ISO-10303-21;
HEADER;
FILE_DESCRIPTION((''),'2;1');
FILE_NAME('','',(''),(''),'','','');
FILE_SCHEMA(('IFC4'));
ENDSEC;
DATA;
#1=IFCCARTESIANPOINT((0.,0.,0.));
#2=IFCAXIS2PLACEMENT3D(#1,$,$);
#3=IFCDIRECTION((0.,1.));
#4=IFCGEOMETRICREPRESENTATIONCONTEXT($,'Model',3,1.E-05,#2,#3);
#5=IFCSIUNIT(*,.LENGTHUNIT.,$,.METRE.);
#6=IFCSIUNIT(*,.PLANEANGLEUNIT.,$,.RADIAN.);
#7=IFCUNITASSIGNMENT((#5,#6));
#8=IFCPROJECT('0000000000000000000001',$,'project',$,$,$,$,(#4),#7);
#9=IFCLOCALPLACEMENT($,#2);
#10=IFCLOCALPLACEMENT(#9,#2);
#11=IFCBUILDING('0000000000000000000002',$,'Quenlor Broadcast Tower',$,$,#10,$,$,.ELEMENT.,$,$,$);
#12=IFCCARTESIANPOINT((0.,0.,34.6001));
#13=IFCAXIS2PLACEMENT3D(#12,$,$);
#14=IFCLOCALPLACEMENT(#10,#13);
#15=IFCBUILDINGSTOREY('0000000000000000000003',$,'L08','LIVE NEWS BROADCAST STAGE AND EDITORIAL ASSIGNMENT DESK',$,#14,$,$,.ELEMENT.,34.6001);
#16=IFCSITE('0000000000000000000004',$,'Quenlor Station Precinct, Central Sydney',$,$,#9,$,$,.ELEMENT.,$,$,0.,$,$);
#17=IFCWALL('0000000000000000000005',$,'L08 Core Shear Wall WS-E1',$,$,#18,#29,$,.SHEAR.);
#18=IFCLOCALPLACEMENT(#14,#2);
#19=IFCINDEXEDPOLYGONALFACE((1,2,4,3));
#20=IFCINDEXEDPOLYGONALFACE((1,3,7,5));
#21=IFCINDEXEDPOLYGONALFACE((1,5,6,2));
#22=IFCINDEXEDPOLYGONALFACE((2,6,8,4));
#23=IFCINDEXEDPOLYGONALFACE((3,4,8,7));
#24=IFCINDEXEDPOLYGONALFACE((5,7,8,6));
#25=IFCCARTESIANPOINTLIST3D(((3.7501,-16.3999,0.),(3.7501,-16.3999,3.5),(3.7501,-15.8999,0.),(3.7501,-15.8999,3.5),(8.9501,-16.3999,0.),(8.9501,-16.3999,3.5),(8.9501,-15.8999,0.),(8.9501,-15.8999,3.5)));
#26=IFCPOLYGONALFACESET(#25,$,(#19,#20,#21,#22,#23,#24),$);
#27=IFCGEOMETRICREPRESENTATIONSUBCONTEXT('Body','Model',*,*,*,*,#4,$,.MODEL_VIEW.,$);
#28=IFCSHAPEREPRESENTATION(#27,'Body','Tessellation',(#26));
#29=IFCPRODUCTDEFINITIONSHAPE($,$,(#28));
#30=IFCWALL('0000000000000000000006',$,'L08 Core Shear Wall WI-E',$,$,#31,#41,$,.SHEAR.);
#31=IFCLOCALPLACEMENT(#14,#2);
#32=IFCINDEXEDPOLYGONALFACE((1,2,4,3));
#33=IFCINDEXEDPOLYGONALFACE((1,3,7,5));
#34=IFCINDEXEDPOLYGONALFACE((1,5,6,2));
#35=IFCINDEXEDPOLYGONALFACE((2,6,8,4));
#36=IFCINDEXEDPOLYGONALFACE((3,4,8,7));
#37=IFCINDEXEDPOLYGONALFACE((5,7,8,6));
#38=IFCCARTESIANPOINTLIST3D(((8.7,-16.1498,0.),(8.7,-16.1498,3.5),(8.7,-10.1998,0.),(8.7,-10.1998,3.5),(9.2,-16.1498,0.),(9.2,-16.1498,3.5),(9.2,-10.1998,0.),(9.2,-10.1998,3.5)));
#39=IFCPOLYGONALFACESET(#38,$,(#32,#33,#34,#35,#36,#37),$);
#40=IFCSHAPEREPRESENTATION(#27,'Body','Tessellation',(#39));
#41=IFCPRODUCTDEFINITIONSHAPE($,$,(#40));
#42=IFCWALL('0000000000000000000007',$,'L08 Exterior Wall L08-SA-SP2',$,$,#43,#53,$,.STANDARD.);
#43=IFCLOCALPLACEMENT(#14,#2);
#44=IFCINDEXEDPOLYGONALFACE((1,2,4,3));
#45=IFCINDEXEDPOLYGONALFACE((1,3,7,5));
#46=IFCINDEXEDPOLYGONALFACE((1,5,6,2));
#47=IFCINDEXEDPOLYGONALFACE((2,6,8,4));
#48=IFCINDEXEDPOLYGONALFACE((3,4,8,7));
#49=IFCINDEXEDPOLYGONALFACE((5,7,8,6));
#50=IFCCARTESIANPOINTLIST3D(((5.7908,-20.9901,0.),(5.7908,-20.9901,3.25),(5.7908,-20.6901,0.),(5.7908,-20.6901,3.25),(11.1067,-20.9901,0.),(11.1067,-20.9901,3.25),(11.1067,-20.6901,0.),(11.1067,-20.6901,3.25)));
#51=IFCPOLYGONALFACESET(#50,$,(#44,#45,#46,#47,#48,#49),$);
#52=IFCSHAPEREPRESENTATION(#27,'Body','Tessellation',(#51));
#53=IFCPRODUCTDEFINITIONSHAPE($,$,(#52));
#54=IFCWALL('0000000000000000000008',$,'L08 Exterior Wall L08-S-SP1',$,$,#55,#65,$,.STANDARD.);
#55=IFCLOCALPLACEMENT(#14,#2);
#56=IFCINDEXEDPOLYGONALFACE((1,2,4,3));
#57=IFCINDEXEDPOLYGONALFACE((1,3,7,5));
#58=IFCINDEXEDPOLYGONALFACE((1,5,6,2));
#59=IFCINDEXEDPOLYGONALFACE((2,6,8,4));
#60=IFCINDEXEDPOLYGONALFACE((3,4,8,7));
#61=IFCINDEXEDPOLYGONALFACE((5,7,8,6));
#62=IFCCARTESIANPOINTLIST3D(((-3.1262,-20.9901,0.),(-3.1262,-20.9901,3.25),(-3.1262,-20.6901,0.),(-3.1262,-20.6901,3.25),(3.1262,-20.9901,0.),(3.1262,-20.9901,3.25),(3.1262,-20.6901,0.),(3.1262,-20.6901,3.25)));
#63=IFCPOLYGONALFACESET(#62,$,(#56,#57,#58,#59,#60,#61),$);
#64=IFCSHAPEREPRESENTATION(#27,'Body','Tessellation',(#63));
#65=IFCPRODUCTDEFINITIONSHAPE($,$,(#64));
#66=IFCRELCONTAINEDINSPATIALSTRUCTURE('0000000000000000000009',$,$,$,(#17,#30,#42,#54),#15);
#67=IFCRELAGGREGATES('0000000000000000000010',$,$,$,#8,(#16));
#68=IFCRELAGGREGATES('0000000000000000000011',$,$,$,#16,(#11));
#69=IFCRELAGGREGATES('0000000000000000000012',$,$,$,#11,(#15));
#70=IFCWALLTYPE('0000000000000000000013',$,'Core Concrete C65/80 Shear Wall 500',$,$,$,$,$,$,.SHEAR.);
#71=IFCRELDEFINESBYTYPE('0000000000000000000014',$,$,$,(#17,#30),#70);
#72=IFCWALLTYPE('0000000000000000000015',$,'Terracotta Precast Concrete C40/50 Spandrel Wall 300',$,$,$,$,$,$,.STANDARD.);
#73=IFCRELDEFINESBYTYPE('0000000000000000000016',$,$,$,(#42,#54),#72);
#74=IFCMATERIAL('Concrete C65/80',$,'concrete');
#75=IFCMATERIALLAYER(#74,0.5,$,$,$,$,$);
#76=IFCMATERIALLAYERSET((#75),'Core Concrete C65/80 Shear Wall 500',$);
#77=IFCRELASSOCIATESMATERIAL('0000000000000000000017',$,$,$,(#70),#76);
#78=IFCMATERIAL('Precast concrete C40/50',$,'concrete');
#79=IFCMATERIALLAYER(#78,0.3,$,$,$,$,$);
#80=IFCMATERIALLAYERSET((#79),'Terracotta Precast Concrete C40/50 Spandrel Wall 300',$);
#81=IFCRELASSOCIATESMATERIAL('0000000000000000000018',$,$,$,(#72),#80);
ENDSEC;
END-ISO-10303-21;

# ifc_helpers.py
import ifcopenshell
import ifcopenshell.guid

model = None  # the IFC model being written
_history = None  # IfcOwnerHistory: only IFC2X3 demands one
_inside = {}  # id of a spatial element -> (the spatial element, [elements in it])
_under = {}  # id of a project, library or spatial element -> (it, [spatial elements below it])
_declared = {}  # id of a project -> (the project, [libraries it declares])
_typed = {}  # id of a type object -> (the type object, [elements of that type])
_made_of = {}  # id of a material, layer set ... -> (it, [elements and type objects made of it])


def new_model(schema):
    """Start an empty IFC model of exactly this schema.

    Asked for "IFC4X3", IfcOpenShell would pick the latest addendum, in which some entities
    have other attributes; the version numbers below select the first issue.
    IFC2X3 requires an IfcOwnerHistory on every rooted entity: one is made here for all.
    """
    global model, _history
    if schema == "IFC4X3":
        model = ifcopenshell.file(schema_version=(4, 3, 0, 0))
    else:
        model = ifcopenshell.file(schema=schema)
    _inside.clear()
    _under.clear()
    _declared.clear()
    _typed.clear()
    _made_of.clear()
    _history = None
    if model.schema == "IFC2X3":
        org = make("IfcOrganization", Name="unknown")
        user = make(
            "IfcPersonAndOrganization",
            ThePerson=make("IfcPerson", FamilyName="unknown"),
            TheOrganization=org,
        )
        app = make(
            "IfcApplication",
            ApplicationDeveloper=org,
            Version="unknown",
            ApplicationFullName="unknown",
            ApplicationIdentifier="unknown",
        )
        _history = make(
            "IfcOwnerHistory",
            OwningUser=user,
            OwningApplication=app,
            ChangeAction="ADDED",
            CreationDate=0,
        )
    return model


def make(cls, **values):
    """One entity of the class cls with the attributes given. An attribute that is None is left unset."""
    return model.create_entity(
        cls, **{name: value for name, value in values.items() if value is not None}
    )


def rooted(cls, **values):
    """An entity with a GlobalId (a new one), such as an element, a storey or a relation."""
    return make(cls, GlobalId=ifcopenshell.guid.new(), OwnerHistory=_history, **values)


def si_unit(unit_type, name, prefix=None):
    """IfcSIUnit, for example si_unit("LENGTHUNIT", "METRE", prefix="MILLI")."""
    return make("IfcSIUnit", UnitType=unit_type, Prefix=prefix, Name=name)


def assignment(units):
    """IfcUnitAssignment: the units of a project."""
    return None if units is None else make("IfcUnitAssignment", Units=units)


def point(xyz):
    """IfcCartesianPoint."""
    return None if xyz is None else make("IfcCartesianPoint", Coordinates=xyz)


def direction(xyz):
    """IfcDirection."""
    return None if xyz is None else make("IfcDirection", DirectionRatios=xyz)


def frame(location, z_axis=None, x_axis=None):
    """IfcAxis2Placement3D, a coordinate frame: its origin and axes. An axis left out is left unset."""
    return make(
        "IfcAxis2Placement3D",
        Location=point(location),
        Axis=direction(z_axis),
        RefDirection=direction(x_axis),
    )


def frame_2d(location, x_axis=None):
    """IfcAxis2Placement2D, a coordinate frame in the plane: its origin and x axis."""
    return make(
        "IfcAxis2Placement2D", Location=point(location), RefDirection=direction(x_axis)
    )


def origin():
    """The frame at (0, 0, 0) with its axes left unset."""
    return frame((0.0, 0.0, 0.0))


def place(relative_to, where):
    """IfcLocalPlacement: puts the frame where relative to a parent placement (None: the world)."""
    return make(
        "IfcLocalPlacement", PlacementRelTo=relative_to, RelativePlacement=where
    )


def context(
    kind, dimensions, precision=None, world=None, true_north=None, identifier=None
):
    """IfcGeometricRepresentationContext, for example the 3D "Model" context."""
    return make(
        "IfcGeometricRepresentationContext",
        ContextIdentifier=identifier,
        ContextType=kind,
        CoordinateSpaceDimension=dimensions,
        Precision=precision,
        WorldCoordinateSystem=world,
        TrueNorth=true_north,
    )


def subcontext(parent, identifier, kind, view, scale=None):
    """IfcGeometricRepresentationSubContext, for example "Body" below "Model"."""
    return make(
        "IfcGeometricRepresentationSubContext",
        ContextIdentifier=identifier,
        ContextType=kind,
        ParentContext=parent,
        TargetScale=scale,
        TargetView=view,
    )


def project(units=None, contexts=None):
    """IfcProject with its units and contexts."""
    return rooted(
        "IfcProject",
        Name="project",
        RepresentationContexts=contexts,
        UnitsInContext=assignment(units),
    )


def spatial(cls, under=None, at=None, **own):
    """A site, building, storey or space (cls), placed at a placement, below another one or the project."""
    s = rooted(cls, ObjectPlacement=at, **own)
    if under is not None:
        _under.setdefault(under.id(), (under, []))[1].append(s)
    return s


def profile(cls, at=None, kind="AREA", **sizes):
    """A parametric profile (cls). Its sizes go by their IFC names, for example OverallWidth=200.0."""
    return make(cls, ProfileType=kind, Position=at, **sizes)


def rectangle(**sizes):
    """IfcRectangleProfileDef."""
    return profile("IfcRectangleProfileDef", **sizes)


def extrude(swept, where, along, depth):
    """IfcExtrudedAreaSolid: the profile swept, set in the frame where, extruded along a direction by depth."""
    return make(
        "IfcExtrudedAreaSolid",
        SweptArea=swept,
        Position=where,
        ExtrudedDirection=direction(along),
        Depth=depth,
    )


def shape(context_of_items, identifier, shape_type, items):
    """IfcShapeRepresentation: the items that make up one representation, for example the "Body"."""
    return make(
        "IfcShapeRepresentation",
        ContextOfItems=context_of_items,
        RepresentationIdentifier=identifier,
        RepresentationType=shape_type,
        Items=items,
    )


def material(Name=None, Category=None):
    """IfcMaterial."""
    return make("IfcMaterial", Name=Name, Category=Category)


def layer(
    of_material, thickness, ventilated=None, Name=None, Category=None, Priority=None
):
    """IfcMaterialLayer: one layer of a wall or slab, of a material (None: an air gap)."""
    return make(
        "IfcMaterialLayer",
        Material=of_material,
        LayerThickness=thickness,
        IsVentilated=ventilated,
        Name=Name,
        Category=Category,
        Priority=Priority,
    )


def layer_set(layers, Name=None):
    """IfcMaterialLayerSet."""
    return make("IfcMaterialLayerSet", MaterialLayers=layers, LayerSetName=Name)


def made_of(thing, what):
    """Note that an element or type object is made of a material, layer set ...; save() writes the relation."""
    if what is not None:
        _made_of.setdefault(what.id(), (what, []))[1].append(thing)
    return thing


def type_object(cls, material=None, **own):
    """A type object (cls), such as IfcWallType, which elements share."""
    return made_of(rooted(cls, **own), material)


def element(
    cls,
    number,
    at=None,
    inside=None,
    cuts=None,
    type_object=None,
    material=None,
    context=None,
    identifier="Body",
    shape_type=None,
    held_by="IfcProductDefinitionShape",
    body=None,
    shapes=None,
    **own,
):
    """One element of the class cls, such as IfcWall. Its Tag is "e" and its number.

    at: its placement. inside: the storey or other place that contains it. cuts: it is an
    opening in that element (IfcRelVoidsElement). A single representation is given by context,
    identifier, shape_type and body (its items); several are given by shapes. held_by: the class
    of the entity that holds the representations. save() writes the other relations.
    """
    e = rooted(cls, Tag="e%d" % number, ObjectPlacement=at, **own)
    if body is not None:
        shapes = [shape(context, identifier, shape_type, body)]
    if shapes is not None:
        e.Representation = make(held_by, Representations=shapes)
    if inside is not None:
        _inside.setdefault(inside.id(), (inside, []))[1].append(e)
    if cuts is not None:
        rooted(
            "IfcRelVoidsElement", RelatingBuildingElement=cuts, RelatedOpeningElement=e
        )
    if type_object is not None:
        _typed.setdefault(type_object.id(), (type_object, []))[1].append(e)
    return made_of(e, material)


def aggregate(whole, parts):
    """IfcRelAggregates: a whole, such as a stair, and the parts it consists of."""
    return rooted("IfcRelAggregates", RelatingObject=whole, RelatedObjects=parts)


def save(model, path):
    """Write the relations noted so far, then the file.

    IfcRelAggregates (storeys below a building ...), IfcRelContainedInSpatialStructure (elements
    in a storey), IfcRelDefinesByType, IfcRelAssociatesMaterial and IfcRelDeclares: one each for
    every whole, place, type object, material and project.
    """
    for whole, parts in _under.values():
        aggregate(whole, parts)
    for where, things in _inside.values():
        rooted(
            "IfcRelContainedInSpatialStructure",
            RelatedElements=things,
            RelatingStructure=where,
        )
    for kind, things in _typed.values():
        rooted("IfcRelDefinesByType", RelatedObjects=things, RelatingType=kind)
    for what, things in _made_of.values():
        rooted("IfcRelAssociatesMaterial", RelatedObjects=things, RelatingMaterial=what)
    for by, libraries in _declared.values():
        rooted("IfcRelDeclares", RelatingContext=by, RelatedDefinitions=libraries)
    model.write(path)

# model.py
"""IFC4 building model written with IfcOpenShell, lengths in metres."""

from ifc_helpers import new_model, si_unit, direction, frame, frame_2d, origin, place, context, subcontext, project, spatial, rectangle, extrude, material, layer, layer_set, type_object, element, save


model = new_model("IFC4")

# Units and contexts
model_context = context("Model", 3, precision=1e-05, world=origin(), true_north=direction((0.0, 1.0)))
body_context = subcontext(model_context, "Body", "Model", "MODEL_VIEW")
ifc_project = project(units=[si_unit("LENGTHUNIT", "METRE"), si_unit("PLANEANGLEUNIT", "RADIAN")], contexts=[model_context])

# Site, building, storey
site_placement = place(None, origin())
site = spatial("IfcSite", under=ifc_project, at=site_placement, Name="Quenlor Station Precinct, Central Sydney", CompositionType="ELEMENT", RefElevation=0.0)
building_placement = place(site_placement, origin())
building = spatial("IfcBuilding", under=site, at=building_placement, Name="Quenlor Broadcast Tower", CompositionType="ELEMENT")
storey_placement = place(building_placement, frame((0.0, 0.0, 34.6001)))
storey = spatial("IfcBuildingStorey", under=building, at=storey_placement, Name="L08", Description="LIVE NEWS BROADCAST STAGE AND EDITORIAL ASSIGNMENT DESK", CompositionType="ELEMENT", Elevation=34.6001)

# Walls
ifc_material_1 = material(Name="Concrete C65/80", Category="concrete")
ifc_layer_1 = layer(ifc_material_1, 0.5)
ifc_layer_set_1 = layer_set([ifc_layer_1], Name="Core Concrete C65/80 Shear Wall 500")
wall_type_1 = type_object("IfcWallType", Name="Core Concrete C65/80 Shear Wall 500", PredefinedType="SHEAR", material=ifc_layer_set_1)
wall_1_placement = place(storey_placement, frame((3.75, -16.1499, 0.0), z_axis=(0.0, 0.0, 1.0), x_axis=(1.0, 0.0, 0.0)))
element("IfcWall", 1, at=wall_1_placement, inside=storey, type_object=wall_type_1, Name="L08 Core Shear Wall WS-E1", PredefinedType="SHEAR", context=body_context, shape_type="SweptSolid", body=[
    extrude(rectangle(XDim=5.2, YDim=0.5, at=frame_2d((2.6001, 0.0))), origin(), (0.0, 0.0, 1.0), 3.5),
])
wall_2_placement = place(storey_placement, frame((8.95, -16.1499, 0.0), z_axis=(0.0, 0.0, 1.0), x_axis=(0.0, 1.0, 0.0)))
element("IfcWall", 2, at=wall_2_placement, inside=storey, type_object=wall_type_1, Name="L08 Core Shear Wall WI-E", PredefinedType="SHEAR", context=body_context, shape_type="SweptSolid", body=[
    extrude(rectangle(XDim=5.95, YDim=0.5, at=frame_2d((2.9751, 0.0))), origin(), (0.0, 0.0, 1.0), 3.5),
])
ifc_material_2 = material(Name="Precast concrete C40/50", Category="concrete")
ifc_layer_2 = layer(ifc_material_2, 0.3)
ifc_layer_set_2 = layer_set([ifc_layer_2], Name="Terracotta Precast Concrete C40/50 Spandrel Wall 300")
wall_type_2 = type_object("IfcWallType", Name="Terracotta Precast Concrete C40/50 Spandrel Wall 300", PredefinedType="STANDARD", material=ifc_layer_set_2)
wall_3_placement = place(storey_placement, frame((11.1067, -20.8401, 0.0), z_axis=(0.0, 0.0, 1.0), x_axis=(-1.0, 0.0, 0.0)))
element("IfcWall", 3, at=wall_3_placement, inside=storey, type_object=wall_type_2, Name="L08 Exterior Wall L08-SA-SP2", PredefinedType="STANDARD", context=body_context, shape_type="SweptSolid", body=[
    extrude(rectangle(XDim=5.3159, YDim=0.3, at=frame_2d((2.658, 0.0))), origin(), (0.0, 0.0, 1.0), 3.25),
])
wall_4_placement = place(storey_placement, frame((3.1262, -20.8401, 0.0), z_axis=(0.0, 0.0, 1.0), x_axis=(-1.0, 0.0, 0.0)))
element("IfcWall", 4, at=wall_4_placement, inside=storey, type_object=wall_type_2, Name="L08 Exterior Wall L08-S-SP1", PredefinedType="STANDARD", context=body_context, shape_type="SweptSolid", body=[
    extrude(rectangle(XDim=6.2524, YDim=0.3, at=frame_2d((3.1262, 0.0))), origin(), (0.0, 0.0, 1.0), 3.25),
])

save(model, "model.ifc")
